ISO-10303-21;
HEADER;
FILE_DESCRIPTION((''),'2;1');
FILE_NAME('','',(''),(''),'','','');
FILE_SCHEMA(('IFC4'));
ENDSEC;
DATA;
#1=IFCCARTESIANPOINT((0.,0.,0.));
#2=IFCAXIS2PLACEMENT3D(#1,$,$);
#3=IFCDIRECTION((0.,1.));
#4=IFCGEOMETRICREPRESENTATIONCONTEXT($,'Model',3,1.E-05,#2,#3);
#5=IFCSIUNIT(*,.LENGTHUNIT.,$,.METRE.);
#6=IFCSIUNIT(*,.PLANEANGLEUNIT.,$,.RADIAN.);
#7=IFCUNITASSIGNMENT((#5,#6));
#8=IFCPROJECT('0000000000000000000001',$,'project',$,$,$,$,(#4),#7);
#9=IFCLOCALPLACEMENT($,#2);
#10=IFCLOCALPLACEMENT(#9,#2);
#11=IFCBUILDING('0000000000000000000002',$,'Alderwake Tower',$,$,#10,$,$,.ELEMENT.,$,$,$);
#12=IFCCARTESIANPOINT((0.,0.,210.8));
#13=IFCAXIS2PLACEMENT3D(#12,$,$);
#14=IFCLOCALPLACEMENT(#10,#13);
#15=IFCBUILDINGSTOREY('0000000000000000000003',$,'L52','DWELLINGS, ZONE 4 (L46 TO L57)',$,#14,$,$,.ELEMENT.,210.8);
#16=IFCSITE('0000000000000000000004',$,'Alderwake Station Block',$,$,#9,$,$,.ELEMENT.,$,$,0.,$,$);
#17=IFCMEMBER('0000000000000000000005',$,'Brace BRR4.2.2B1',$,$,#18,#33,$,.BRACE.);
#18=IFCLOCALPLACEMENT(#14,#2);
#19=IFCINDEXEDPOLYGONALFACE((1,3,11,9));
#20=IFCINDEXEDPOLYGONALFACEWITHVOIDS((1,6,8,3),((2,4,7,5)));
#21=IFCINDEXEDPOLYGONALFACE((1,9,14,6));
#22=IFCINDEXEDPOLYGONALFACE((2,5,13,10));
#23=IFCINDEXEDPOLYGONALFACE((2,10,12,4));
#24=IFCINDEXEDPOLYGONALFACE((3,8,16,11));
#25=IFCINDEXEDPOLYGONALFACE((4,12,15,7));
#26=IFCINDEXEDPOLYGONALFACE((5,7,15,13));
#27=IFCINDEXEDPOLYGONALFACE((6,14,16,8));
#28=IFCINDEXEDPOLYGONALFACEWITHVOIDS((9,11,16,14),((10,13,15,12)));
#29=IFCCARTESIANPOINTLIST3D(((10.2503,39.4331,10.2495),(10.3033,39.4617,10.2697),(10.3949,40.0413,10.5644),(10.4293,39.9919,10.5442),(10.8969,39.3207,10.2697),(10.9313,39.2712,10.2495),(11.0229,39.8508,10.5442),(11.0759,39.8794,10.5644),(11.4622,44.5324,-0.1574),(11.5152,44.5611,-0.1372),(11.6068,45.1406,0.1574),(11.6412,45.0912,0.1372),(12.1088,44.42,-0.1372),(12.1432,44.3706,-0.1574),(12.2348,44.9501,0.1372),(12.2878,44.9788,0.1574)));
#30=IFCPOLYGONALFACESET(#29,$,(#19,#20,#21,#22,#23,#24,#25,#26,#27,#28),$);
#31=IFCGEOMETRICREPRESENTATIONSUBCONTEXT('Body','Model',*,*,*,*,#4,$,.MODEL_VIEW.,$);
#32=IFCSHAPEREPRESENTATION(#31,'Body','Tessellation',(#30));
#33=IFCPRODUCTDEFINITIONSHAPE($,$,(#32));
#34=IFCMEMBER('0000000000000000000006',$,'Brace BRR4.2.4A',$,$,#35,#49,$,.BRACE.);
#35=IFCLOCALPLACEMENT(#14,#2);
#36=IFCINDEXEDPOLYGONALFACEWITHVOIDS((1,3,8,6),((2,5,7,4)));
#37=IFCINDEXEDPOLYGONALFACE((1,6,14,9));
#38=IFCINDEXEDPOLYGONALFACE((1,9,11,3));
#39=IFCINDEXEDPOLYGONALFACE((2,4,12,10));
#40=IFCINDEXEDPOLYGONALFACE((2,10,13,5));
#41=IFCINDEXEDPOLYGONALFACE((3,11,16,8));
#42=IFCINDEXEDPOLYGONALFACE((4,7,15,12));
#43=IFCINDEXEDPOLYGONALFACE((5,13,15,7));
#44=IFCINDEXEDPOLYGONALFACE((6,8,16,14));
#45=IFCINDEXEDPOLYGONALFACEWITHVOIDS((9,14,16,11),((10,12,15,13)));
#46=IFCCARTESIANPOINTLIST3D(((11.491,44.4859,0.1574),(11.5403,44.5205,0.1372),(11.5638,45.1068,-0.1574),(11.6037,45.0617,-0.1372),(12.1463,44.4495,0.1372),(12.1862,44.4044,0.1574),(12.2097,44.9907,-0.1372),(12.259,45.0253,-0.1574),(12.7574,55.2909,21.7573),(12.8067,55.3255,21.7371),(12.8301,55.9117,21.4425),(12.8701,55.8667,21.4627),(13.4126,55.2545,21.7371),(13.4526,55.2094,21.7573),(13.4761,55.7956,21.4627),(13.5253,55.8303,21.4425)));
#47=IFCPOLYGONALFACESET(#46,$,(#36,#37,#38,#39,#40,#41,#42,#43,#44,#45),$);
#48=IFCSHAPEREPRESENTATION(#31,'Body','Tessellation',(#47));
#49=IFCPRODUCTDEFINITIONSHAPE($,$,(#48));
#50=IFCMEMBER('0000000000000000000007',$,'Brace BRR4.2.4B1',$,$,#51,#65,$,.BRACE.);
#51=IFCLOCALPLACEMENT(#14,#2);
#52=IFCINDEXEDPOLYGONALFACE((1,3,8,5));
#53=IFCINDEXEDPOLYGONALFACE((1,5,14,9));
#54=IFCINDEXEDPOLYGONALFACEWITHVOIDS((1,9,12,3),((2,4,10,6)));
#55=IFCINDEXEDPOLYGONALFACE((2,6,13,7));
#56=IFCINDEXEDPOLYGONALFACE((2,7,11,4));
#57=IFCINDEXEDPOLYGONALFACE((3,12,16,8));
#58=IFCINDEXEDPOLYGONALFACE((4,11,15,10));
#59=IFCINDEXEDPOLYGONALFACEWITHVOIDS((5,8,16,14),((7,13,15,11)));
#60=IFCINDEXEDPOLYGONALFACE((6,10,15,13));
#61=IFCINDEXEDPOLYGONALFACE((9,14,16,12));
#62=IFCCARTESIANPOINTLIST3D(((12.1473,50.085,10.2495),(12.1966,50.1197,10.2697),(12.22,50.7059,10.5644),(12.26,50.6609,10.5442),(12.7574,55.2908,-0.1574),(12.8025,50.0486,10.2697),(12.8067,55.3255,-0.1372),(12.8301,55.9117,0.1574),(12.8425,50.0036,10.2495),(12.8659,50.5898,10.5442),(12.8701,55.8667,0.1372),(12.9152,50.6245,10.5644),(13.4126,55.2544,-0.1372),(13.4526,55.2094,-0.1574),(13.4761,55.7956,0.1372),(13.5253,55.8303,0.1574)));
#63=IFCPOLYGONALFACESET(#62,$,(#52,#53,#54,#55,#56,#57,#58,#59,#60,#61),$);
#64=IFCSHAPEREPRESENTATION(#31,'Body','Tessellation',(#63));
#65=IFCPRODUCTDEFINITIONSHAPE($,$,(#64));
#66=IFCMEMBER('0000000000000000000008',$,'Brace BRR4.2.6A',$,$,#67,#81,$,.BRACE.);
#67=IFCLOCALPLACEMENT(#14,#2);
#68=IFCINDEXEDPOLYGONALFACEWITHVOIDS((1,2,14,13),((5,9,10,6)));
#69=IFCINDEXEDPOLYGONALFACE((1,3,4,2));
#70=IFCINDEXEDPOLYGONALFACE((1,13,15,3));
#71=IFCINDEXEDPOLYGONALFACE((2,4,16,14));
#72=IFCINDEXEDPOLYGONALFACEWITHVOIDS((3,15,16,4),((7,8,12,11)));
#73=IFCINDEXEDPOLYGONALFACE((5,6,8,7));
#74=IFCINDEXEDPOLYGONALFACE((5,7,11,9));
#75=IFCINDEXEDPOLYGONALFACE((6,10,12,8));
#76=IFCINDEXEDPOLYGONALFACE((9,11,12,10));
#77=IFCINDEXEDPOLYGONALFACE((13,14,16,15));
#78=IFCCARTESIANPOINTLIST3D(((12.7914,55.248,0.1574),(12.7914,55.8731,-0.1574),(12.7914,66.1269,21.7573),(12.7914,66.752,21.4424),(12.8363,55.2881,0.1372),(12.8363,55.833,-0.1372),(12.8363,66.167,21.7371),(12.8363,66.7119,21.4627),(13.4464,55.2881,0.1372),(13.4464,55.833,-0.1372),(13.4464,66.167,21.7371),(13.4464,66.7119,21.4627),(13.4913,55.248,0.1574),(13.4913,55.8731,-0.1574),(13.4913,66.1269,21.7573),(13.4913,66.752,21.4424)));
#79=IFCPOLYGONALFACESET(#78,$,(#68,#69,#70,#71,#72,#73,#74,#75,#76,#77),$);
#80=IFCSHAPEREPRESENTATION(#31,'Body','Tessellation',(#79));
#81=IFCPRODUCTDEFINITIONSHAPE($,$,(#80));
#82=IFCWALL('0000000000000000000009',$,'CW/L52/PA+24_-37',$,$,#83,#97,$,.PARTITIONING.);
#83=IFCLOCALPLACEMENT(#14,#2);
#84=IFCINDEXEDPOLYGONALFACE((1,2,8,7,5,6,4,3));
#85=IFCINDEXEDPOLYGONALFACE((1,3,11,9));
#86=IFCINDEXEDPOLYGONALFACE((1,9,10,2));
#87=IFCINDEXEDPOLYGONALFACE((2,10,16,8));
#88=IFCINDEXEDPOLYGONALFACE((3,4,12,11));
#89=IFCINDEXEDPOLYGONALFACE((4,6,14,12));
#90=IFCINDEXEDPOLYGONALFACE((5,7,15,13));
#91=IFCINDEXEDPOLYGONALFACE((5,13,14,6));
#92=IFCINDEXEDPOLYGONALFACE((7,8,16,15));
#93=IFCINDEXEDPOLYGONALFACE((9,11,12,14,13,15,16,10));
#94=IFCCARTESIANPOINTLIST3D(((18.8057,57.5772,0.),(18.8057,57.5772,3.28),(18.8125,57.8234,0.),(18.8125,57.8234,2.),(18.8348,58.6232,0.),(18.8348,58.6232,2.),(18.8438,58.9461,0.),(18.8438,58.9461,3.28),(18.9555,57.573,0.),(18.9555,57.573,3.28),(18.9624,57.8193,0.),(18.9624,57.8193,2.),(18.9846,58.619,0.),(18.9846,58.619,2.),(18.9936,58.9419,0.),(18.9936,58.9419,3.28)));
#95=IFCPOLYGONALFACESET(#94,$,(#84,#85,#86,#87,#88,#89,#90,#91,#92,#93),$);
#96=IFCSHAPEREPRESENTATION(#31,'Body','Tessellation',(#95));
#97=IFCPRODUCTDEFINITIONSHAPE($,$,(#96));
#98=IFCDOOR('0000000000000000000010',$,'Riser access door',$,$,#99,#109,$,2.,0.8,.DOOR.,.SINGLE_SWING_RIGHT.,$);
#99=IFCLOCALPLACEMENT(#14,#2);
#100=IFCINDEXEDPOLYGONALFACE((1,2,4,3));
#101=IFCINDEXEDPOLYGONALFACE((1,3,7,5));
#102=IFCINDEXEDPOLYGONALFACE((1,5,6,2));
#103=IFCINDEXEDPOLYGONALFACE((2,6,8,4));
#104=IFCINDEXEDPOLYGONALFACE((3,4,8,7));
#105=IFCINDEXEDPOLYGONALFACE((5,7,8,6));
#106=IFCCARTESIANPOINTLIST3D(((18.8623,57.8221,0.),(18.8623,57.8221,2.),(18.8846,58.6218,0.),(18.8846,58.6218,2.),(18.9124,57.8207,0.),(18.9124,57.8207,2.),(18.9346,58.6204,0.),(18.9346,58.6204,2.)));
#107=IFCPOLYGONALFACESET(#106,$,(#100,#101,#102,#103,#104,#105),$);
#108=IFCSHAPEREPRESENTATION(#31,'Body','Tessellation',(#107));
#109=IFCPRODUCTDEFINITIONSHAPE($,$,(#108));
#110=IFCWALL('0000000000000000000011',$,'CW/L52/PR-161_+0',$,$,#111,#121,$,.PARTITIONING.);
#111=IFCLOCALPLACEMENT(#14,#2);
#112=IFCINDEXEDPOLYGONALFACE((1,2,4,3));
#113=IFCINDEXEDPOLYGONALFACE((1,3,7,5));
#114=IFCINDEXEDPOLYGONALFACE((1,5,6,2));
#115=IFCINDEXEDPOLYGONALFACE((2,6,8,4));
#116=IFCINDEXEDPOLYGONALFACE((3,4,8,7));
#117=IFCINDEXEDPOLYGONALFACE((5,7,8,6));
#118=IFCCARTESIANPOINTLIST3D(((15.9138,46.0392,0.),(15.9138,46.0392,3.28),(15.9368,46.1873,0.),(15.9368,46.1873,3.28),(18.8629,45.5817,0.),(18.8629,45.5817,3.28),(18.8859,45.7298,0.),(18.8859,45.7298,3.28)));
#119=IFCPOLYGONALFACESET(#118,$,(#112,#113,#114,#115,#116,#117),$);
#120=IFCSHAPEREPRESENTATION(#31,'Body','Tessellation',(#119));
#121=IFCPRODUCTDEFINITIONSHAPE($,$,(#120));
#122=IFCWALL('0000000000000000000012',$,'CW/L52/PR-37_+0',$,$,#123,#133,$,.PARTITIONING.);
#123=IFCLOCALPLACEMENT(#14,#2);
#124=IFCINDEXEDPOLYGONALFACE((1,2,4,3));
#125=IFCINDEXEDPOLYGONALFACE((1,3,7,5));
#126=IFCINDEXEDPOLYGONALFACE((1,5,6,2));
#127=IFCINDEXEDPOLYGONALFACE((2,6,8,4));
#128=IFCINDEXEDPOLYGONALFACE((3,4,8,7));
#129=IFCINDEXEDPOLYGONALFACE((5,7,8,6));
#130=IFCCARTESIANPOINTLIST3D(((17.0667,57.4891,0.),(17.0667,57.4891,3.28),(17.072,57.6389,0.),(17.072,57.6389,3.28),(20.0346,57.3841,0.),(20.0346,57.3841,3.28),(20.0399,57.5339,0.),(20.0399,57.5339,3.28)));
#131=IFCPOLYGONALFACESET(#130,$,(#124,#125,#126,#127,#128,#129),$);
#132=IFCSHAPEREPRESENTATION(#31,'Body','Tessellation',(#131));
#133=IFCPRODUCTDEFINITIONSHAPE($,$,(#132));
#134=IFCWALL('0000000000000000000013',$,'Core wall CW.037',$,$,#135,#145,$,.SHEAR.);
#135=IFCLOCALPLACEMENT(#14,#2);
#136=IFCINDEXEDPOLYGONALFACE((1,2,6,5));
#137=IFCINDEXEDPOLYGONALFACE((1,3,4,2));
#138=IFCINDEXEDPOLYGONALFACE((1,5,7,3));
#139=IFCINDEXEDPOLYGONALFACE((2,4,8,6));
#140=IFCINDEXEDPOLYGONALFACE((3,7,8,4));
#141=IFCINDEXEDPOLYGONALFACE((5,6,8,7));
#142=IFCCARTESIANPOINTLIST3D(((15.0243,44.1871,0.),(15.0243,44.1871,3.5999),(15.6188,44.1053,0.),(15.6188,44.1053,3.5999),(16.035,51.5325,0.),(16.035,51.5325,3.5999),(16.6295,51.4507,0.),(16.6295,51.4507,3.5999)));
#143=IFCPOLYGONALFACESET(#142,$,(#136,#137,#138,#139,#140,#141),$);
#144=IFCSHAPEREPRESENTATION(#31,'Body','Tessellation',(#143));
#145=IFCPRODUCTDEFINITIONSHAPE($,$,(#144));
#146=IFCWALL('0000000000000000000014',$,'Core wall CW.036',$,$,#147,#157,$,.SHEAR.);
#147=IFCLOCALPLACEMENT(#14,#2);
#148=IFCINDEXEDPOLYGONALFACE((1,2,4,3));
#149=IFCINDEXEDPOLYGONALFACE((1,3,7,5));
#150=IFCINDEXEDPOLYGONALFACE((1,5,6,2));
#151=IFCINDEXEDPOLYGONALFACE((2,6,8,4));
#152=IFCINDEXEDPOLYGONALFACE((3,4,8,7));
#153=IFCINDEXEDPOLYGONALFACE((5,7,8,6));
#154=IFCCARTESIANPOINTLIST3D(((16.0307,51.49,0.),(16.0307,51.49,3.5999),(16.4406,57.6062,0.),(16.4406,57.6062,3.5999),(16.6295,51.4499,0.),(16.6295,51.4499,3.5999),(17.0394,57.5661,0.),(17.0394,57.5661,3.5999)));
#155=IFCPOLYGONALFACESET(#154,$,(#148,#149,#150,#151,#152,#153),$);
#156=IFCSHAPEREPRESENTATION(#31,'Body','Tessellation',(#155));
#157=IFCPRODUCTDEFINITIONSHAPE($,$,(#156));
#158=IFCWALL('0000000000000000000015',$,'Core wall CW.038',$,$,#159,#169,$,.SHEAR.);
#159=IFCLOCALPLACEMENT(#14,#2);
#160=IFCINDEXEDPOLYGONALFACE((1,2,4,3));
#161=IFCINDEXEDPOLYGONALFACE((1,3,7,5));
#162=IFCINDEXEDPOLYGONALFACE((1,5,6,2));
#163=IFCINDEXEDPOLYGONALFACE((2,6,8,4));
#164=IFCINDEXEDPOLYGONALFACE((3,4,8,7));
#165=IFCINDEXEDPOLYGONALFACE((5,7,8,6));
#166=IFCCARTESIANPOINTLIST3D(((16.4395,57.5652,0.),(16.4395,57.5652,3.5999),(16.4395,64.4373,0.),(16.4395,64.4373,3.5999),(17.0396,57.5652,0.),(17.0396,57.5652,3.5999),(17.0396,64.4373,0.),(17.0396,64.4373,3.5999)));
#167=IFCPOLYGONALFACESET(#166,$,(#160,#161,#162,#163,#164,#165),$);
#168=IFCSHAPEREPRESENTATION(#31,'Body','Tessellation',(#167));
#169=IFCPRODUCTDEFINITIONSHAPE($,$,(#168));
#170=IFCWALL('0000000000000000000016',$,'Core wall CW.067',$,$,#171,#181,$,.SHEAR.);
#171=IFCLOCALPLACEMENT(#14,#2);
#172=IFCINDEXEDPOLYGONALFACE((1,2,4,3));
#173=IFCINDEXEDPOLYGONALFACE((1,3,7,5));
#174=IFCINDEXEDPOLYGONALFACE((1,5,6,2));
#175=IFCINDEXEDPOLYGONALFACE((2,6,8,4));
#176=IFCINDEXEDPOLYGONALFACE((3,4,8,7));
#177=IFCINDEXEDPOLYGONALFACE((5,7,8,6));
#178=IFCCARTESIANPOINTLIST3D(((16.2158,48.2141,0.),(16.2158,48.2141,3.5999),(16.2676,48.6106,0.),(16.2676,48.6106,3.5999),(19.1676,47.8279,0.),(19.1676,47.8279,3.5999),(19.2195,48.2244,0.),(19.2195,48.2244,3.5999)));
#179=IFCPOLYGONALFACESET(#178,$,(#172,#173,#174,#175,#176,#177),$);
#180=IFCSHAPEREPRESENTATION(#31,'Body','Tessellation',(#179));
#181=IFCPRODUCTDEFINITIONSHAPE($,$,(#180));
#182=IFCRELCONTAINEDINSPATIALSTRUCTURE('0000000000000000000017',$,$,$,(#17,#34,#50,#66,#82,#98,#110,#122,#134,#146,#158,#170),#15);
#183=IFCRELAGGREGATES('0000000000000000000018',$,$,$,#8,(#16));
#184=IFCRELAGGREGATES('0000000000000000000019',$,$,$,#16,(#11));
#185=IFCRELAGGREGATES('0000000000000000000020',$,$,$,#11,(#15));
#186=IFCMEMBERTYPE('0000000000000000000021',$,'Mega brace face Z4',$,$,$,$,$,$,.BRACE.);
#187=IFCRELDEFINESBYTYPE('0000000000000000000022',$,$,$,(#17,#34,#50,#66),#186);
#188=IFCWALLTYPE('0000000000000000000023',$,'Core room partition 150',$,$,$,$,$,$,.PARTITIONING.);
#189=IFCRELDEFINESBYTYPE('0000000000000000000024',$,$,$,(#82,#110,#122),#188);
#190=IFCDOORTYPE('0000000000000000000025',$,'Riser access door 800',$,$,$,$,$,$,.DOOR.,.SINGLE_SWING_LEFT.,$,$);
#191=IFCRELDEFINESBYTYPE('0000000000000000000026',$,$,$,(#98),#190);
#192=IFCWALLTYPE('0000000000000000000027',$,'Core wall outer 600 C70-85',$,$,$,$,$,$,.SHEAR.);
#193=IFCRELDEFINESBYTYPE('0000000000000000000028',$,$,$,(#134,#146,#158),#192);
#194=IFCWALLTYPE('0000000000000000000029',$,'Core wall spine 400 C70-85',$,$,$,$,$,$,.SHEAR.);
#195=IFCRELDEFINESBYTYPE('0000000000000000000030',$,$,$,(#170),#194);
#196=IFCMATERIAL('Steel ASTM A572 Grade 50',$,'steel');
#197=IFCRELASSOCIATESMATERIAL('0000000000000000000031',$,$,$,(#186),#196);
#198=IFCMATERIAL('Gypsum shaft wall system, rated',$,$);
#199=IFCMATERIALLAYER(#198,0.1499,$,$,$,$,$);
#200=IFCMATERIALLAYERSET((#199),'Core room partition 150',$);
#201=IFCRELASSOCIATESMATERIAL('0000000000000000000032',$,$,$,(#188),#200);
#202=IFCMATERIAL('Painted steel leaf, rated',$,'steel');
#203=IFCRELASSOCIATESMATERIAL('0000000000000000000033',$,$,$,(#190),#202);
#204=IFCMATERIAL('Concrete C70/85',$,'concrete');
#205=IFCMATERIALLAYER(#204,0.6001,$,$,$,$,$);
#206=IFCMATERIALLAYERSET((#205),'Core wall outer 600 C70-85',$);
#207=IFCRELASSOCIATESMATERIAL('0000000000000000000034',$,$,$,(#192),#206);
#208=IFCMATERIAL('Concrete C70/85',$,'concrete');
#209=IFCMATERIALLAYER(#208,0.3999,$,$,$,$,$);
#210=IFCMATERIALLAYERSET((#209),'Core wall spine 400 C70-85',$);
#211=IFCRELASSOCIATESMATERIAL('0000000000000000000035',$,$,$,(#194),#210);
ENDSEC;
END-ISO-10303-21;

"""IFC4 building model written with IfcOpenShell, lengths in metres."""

from ifc_helpers import new_model, si_unit, direction, frame, frame_2d, origin, origin_2d, place, context, subcontext, project, spatial, rectangle, hollow_rectangle, extrude, material, layer, layer_set, material_profile, profile_set, type_object, element, fill, save


model = new_model("IFC4")

# Units and contexts
model_context = context("Model", 3, precision=1e-05, world=origin(), true_north=direction((0.0, 1.0)))
body_context = subcontext(model_context, "Body", "Model", "MODEL_VIEW")
ifc_project = project(units=[si_unit("LENGTHUNIT", "METRE"), si_unit("PLANEANGLEUNIT", "RADIAN")], contexts=[model_context])

# Site, building, storey
site_placement = place(None, origin())
site = spatial("IfcSite", under=ifc_project, at=site_placement, Name="Alderwake Station Block", CompositionType="ELEMENT", RefElevation=0.0)
building_placement = place(site_placement, origin())
building = spatial("IfcBuilding", under=site, at=building_placement, Name="Alderwake Tower", CompositionType="ELEMENT")
storey_placement = place(building_placement, frame((0.0, 0.0, 210.8)))
storey = spatial("IfcBuildingStorey", under=building, at=storey_placement, Name="L52", Description="DWELLINGS, ZONE 4 (L46 TO L57)", CompositionType="ELEMENT", Elevation=210.8)

# Members
ifc_material_1 = material(Name="Steel ASTM A572 Grade 50", Category="steel")
ifc_material_profile_1 = material_profile(ifc_material_1, hollow_rectangle(XDim=0.7, YDim=0.7, WallThickness=0.0449, at=origin_2d()), Name="BOX 700X700X45")
ifc_profile_set_1 = profile_set([ifc_material_profile_1], Name="Steel ASTM A572 Grade 50")
member_type = type_object("IfcMemberType", Name="Mega brace face Z4", PredefinedType="BRACE", material=ifc_profile_set_1)
member_1_placement = place(storey_placement, frame((11.875, 44.7556, 0.0), z_axis=(-0.104006, -0.437625, 0.893122), x_axis=(0.972902, -0.23122, 0.0)))
element("IfcMember", 1, at=member_1_placement, inside=storey, type_object=member_type, Name="Brace BRR4.2.2B1", PredefinedType="BRACE", context=body_context, shape_type="SweptSolid", body=[
    extrude(hollow_rectangle(XDim=0.7, YDim=0.7, WallThickness=0.0449, at=origin_2d()), origin(), (0.0, 0.0, 1.0), 11.6523),
])
member_2_placement = place(storey_placement, frame((11.875, 44.7556, 0.0), z_axis=(0.052362, 0.446766, 0.893117), x_axis=(-0.993202, 0.116405, 0.0)))
element("IfcMember", 2, at=member_2_placement, inside=storey, type_object=member_type, Name="Brace BRR4.2.4A", PredefinedType="BRACE", context=body_context, shape_type="SweptSolid", body=[
    extrude(hollow_rectangle(XDim=0.7, YDim=0.7, WallThickness=0.0449, at=origin_2d()), origin(), (0.0, 0.0, 1.0), 24.1848),
])
member_3_placement = place(storey_placement, frame((13.1414, 55.5605, 0.0), z_axis=(-0.052359, -0.446759, 0.893121), x_axis=(0.993202, -0.116401, 0.0)))
element("IfcMember", 3, at=member_3_placement, inside=storey, type_object=member_type, Name="Brace BRR4.2.4B1", PredefinedType="BRACE", context=body_context, shape_type="SweptSolid", body=[
    extrude(hollow_rectangle(XDim=0.7, YDim=0.7, WallThickness=0.0449, at=origin_2d()), origin(), (0.0, 0.0, 1.0), 11.6523),
])
member_4_placement = place(storey_placement, frame((13.1414, 55.5605, 0.0), z_axis=(0.0, 0.449824, 0.893117), x_axis=(-1.0, 0.0, 0.0)))
element("IfcMember", 4, at=member_4_placement, inside=storey, type_object=member_type, Name="Brace BRR4.2.6A", PredefinedType="BRACE", context=body_context, shape_type="SweptSolid", body=[
    extrude(hollow_rectangle(XDim=0.7, YDim=0.7, WallThickness=0.0449, at=origin_2d()), origin(), (0.0, 0.0, 1.0), 24.1848),
])

# Wall, opening, door
ifc_material_2 = material(Name="Gypsum shaft wall system, rated")
ifc_layer_1 = layer(ifc_material_2, 0.1499)
ifc_layer_set_1 = layer_set([ifc_layer_1], Name="Core room partition 150")
wall_type_1 = type_object("IfcWallType", Name="Core room partition 150", PredefinedType="PARTITIONING", material=ifc_layer_set_1)
wall_1_placement = place(storey_placement, frame((18.9187, 58.9438, 0.0), z_axis=(0.0, 0.0, 1.0), x_axis=(-0.027812, -0.999613, 0.0)))
wall_1 = element("IfcWall", 5, at=wall_1_placement, inside=storey, type_object=wall_type_1, Name="CW/L52/PA+24_-37", PredefinedType="PARTITIONING", context=body_context, shape_type="SweptSolid", body=[
    extrude(rectangle(XDim=1.3694, YDim=0.1499, at=frame_2d((0.6846, 0.0))), origin(), (0.0, 0.0, 1.0), 3.28),
])
opening_1_placement = place(wall_1_placement, frame((0.323, 0.0, 0.0)))
opening_1 = element("IfcOpeningElement", 6, at=opening_1_placement, cuts=wall_1, PredefinedType="OPENING", context=body_context, shape_type="SweptSolid", body=[
    extrude(rectangle(XDim=0.8, YDim=2.0, at=frame_2d((0.3999, 1.0))), frame((0.0, 0.085, 0.0), z_axis=(0.0, -1.0, 0.0), x_axis=(1.0, 0.0, 0.0)), (0.0, 0.0, 1.0), 0.1699),
])
ifc_material_3 = material(Name="Painted steel leaf, rated", Category="steel")
door_type = type_object("IfcDoorType", Name="Riser access door 800", OperationType="SINGLE_SWING_LEFT", PredefinedType="DOOR", material=ifc_material_3)
door_placement = place(opening_1_placement, origin())
door = element("IfcDoor", 7, at=door_placement, inside=storey, type_object=door_type, Name="Riser access door", OperationType="SINGLE_SWING_RIGHT", OverallHeight=2.0, OverallWidth=0.8, PredefinedType="DOOR", context=body_context, shape_type="SweptSolid", body=[
    extrude(rectangle(XDim=0.8, YDim=2.0, at=frame_2d((0.3999, 1.0))), frame((0.0, 0.0249, 0.0), z_axis=(0.0, -1.0, 0.0), x_axis=(1.0, 0.0, 0.0)), (0.0, 0.0, 1.0), 0.05),
])
fill(opening_1, door)

# Walls
wall_2_placement = place(storey_placement, frame((15.9253, 46.1133, 0.0), z_axis=(0.0, 0.0, 1.0), x_axis=(0.98818, -0.153299, 0.0)))
element("IfcWall", 8, at=wall_2_placement, inside=storey, type_object=wall_type_1, Name="CW/L52/PR-161_+0", PredefinedType="PARTITIONING", context=body_context, shape_type="SweptSolid", body=[
    extrude(rectangle(XDim=2.9844, YDim=0.1499, at=frame_2d((1.4922, 0.0))), origin(), (0.0, 0.0, 1.0), 3.28),
])
wall_3_placement = place(storey_placement, frame((17.0693, 57.564, 0.0), z_axis=(0.0, 0.0, 1.0), x_axis=(0.999375, -0.035351, 0.0)))
element("IfcWall", 9, at=wall_3_placement, inside=storey, type_object=wall_type_1, Name="CW/L52/PR-37_+0", PredefinedType="PARTITIONING", context=body_context, shape_type="SweptSolid", body=[
    extrude(rectangle(XDim=2.9697, YDim=0.1499, at=frame_2d((1.4849, 0.0))), origin(), (0.0, 0.0, 1.0), 3.28),
])
ifc_material_4 = material(Name="Concrete C70/85", Category="concrete")
ifc_layer_2 = layer(ifc_material_4, 0.6001)
ifc_layer_set_2 = layer_set([ifc_layer_2], Name="Core wall outer 600 C70-85")
wall_type_2 = type_object("IfcWallType", Name="Core wall outer 600 C70-85", PredefinedType="SHEAR", material=ifc_layer_set_2)
wall_4_placement = place(storey_placement, frame((15.3215, 44.1462, 0.0), z_axis=(0.0, 0.0, 1.0), x_axis=(0.136316, 0.990665, 0.0)))
element("IfcWall", 10, at=wall_4_placement, inside=storey, type_object=wall_type_2, Name="Core wall CW.037", PredefinedType="SHEAR", context=body_context, shape_type="SweptSolid", body=[
    extrude(rectangle(XDim=7.4146, YDim=0.6001, at=frame_2d((3.7073, 0.0))), origin(), (0.0, 0.0, 1.0), 3.5999),
])
wall_5_placement = place(storey_placement, frame((16.3301, 51.47, 0.0), z_axis=(0.0, 0.0, 1.0), x_axis=(0.066871, 0.997762, 0.0)))
element("IfcWall", 11, at=wall_5_placement, inside=storey, type_object=wall_type_2, Name="Core wall CW.036", PredefinedType="SHEAR", context=body_context, shape_type="SweptSolid", body=[
    extrude(rectangle(XDim=6.1299, YDim=0.6001, at=frame_2d((3.0649, 0.0))), origin(), (0.0, 0.0, 1.0), 3.5999),
])
wall_6_placement = place(storey_placement, frame((16.7395, 57.5652, 0.0), z_axis=(0.0, 0.0, 1.0), x_axis=(0.0, 1.0, 0.0)))
element("IfcWall", 12, at=wall_6_placement, inside=storey, type_object=wall_type_2, Name="Core wall CW.038", PredefinedType="SHEAR", context=body_context, shape_type="SweptSolid", body=[
    extrude(rectangle(XDim=6.8721, YDim=0.6001, at=frame_2d((3.436, 0.0))), origin(), (0.0, 0.0, 1.0), 3.5999),
])
ifc_material_5 = material(Name="Concrete C70/85", Category="concrete")
ifc_layer_3 = layer(ifc_material_5, 0.3999)
ifc_layer_set_3 = layer_set([ifc_layer_3], Name="Core wall spine 400 C70-85")
wall_type_3 = type_object("IfcWallType", Name="Core wall spine 400 C70-85", PredefinedType="SHEAR", material=ifc_layer_set_3)
wall_7_placement = place(storey_placement, frame((16.2417, 48.4124, 0.0), z_axis=(0.0, 0.0, 1.0), x_axis=(0.991549, -0.129735, 0.0)))
element("IfcWall", 13, at=wall_7_placement, inside=storey, type_object=wall_type_3, Name="Core wall CW.067", PredefinedType="SHEAR", context=body_context, shape_type="SweptSolid", body=[
    extrude(rectangle(XDim=2.9771, YDim=0.3999, at=frame_2d((1.4885, 0.0))), origin(), (0.0, 0.0, 1.0), 3.5999),
])

save(model, "model.ifc")
